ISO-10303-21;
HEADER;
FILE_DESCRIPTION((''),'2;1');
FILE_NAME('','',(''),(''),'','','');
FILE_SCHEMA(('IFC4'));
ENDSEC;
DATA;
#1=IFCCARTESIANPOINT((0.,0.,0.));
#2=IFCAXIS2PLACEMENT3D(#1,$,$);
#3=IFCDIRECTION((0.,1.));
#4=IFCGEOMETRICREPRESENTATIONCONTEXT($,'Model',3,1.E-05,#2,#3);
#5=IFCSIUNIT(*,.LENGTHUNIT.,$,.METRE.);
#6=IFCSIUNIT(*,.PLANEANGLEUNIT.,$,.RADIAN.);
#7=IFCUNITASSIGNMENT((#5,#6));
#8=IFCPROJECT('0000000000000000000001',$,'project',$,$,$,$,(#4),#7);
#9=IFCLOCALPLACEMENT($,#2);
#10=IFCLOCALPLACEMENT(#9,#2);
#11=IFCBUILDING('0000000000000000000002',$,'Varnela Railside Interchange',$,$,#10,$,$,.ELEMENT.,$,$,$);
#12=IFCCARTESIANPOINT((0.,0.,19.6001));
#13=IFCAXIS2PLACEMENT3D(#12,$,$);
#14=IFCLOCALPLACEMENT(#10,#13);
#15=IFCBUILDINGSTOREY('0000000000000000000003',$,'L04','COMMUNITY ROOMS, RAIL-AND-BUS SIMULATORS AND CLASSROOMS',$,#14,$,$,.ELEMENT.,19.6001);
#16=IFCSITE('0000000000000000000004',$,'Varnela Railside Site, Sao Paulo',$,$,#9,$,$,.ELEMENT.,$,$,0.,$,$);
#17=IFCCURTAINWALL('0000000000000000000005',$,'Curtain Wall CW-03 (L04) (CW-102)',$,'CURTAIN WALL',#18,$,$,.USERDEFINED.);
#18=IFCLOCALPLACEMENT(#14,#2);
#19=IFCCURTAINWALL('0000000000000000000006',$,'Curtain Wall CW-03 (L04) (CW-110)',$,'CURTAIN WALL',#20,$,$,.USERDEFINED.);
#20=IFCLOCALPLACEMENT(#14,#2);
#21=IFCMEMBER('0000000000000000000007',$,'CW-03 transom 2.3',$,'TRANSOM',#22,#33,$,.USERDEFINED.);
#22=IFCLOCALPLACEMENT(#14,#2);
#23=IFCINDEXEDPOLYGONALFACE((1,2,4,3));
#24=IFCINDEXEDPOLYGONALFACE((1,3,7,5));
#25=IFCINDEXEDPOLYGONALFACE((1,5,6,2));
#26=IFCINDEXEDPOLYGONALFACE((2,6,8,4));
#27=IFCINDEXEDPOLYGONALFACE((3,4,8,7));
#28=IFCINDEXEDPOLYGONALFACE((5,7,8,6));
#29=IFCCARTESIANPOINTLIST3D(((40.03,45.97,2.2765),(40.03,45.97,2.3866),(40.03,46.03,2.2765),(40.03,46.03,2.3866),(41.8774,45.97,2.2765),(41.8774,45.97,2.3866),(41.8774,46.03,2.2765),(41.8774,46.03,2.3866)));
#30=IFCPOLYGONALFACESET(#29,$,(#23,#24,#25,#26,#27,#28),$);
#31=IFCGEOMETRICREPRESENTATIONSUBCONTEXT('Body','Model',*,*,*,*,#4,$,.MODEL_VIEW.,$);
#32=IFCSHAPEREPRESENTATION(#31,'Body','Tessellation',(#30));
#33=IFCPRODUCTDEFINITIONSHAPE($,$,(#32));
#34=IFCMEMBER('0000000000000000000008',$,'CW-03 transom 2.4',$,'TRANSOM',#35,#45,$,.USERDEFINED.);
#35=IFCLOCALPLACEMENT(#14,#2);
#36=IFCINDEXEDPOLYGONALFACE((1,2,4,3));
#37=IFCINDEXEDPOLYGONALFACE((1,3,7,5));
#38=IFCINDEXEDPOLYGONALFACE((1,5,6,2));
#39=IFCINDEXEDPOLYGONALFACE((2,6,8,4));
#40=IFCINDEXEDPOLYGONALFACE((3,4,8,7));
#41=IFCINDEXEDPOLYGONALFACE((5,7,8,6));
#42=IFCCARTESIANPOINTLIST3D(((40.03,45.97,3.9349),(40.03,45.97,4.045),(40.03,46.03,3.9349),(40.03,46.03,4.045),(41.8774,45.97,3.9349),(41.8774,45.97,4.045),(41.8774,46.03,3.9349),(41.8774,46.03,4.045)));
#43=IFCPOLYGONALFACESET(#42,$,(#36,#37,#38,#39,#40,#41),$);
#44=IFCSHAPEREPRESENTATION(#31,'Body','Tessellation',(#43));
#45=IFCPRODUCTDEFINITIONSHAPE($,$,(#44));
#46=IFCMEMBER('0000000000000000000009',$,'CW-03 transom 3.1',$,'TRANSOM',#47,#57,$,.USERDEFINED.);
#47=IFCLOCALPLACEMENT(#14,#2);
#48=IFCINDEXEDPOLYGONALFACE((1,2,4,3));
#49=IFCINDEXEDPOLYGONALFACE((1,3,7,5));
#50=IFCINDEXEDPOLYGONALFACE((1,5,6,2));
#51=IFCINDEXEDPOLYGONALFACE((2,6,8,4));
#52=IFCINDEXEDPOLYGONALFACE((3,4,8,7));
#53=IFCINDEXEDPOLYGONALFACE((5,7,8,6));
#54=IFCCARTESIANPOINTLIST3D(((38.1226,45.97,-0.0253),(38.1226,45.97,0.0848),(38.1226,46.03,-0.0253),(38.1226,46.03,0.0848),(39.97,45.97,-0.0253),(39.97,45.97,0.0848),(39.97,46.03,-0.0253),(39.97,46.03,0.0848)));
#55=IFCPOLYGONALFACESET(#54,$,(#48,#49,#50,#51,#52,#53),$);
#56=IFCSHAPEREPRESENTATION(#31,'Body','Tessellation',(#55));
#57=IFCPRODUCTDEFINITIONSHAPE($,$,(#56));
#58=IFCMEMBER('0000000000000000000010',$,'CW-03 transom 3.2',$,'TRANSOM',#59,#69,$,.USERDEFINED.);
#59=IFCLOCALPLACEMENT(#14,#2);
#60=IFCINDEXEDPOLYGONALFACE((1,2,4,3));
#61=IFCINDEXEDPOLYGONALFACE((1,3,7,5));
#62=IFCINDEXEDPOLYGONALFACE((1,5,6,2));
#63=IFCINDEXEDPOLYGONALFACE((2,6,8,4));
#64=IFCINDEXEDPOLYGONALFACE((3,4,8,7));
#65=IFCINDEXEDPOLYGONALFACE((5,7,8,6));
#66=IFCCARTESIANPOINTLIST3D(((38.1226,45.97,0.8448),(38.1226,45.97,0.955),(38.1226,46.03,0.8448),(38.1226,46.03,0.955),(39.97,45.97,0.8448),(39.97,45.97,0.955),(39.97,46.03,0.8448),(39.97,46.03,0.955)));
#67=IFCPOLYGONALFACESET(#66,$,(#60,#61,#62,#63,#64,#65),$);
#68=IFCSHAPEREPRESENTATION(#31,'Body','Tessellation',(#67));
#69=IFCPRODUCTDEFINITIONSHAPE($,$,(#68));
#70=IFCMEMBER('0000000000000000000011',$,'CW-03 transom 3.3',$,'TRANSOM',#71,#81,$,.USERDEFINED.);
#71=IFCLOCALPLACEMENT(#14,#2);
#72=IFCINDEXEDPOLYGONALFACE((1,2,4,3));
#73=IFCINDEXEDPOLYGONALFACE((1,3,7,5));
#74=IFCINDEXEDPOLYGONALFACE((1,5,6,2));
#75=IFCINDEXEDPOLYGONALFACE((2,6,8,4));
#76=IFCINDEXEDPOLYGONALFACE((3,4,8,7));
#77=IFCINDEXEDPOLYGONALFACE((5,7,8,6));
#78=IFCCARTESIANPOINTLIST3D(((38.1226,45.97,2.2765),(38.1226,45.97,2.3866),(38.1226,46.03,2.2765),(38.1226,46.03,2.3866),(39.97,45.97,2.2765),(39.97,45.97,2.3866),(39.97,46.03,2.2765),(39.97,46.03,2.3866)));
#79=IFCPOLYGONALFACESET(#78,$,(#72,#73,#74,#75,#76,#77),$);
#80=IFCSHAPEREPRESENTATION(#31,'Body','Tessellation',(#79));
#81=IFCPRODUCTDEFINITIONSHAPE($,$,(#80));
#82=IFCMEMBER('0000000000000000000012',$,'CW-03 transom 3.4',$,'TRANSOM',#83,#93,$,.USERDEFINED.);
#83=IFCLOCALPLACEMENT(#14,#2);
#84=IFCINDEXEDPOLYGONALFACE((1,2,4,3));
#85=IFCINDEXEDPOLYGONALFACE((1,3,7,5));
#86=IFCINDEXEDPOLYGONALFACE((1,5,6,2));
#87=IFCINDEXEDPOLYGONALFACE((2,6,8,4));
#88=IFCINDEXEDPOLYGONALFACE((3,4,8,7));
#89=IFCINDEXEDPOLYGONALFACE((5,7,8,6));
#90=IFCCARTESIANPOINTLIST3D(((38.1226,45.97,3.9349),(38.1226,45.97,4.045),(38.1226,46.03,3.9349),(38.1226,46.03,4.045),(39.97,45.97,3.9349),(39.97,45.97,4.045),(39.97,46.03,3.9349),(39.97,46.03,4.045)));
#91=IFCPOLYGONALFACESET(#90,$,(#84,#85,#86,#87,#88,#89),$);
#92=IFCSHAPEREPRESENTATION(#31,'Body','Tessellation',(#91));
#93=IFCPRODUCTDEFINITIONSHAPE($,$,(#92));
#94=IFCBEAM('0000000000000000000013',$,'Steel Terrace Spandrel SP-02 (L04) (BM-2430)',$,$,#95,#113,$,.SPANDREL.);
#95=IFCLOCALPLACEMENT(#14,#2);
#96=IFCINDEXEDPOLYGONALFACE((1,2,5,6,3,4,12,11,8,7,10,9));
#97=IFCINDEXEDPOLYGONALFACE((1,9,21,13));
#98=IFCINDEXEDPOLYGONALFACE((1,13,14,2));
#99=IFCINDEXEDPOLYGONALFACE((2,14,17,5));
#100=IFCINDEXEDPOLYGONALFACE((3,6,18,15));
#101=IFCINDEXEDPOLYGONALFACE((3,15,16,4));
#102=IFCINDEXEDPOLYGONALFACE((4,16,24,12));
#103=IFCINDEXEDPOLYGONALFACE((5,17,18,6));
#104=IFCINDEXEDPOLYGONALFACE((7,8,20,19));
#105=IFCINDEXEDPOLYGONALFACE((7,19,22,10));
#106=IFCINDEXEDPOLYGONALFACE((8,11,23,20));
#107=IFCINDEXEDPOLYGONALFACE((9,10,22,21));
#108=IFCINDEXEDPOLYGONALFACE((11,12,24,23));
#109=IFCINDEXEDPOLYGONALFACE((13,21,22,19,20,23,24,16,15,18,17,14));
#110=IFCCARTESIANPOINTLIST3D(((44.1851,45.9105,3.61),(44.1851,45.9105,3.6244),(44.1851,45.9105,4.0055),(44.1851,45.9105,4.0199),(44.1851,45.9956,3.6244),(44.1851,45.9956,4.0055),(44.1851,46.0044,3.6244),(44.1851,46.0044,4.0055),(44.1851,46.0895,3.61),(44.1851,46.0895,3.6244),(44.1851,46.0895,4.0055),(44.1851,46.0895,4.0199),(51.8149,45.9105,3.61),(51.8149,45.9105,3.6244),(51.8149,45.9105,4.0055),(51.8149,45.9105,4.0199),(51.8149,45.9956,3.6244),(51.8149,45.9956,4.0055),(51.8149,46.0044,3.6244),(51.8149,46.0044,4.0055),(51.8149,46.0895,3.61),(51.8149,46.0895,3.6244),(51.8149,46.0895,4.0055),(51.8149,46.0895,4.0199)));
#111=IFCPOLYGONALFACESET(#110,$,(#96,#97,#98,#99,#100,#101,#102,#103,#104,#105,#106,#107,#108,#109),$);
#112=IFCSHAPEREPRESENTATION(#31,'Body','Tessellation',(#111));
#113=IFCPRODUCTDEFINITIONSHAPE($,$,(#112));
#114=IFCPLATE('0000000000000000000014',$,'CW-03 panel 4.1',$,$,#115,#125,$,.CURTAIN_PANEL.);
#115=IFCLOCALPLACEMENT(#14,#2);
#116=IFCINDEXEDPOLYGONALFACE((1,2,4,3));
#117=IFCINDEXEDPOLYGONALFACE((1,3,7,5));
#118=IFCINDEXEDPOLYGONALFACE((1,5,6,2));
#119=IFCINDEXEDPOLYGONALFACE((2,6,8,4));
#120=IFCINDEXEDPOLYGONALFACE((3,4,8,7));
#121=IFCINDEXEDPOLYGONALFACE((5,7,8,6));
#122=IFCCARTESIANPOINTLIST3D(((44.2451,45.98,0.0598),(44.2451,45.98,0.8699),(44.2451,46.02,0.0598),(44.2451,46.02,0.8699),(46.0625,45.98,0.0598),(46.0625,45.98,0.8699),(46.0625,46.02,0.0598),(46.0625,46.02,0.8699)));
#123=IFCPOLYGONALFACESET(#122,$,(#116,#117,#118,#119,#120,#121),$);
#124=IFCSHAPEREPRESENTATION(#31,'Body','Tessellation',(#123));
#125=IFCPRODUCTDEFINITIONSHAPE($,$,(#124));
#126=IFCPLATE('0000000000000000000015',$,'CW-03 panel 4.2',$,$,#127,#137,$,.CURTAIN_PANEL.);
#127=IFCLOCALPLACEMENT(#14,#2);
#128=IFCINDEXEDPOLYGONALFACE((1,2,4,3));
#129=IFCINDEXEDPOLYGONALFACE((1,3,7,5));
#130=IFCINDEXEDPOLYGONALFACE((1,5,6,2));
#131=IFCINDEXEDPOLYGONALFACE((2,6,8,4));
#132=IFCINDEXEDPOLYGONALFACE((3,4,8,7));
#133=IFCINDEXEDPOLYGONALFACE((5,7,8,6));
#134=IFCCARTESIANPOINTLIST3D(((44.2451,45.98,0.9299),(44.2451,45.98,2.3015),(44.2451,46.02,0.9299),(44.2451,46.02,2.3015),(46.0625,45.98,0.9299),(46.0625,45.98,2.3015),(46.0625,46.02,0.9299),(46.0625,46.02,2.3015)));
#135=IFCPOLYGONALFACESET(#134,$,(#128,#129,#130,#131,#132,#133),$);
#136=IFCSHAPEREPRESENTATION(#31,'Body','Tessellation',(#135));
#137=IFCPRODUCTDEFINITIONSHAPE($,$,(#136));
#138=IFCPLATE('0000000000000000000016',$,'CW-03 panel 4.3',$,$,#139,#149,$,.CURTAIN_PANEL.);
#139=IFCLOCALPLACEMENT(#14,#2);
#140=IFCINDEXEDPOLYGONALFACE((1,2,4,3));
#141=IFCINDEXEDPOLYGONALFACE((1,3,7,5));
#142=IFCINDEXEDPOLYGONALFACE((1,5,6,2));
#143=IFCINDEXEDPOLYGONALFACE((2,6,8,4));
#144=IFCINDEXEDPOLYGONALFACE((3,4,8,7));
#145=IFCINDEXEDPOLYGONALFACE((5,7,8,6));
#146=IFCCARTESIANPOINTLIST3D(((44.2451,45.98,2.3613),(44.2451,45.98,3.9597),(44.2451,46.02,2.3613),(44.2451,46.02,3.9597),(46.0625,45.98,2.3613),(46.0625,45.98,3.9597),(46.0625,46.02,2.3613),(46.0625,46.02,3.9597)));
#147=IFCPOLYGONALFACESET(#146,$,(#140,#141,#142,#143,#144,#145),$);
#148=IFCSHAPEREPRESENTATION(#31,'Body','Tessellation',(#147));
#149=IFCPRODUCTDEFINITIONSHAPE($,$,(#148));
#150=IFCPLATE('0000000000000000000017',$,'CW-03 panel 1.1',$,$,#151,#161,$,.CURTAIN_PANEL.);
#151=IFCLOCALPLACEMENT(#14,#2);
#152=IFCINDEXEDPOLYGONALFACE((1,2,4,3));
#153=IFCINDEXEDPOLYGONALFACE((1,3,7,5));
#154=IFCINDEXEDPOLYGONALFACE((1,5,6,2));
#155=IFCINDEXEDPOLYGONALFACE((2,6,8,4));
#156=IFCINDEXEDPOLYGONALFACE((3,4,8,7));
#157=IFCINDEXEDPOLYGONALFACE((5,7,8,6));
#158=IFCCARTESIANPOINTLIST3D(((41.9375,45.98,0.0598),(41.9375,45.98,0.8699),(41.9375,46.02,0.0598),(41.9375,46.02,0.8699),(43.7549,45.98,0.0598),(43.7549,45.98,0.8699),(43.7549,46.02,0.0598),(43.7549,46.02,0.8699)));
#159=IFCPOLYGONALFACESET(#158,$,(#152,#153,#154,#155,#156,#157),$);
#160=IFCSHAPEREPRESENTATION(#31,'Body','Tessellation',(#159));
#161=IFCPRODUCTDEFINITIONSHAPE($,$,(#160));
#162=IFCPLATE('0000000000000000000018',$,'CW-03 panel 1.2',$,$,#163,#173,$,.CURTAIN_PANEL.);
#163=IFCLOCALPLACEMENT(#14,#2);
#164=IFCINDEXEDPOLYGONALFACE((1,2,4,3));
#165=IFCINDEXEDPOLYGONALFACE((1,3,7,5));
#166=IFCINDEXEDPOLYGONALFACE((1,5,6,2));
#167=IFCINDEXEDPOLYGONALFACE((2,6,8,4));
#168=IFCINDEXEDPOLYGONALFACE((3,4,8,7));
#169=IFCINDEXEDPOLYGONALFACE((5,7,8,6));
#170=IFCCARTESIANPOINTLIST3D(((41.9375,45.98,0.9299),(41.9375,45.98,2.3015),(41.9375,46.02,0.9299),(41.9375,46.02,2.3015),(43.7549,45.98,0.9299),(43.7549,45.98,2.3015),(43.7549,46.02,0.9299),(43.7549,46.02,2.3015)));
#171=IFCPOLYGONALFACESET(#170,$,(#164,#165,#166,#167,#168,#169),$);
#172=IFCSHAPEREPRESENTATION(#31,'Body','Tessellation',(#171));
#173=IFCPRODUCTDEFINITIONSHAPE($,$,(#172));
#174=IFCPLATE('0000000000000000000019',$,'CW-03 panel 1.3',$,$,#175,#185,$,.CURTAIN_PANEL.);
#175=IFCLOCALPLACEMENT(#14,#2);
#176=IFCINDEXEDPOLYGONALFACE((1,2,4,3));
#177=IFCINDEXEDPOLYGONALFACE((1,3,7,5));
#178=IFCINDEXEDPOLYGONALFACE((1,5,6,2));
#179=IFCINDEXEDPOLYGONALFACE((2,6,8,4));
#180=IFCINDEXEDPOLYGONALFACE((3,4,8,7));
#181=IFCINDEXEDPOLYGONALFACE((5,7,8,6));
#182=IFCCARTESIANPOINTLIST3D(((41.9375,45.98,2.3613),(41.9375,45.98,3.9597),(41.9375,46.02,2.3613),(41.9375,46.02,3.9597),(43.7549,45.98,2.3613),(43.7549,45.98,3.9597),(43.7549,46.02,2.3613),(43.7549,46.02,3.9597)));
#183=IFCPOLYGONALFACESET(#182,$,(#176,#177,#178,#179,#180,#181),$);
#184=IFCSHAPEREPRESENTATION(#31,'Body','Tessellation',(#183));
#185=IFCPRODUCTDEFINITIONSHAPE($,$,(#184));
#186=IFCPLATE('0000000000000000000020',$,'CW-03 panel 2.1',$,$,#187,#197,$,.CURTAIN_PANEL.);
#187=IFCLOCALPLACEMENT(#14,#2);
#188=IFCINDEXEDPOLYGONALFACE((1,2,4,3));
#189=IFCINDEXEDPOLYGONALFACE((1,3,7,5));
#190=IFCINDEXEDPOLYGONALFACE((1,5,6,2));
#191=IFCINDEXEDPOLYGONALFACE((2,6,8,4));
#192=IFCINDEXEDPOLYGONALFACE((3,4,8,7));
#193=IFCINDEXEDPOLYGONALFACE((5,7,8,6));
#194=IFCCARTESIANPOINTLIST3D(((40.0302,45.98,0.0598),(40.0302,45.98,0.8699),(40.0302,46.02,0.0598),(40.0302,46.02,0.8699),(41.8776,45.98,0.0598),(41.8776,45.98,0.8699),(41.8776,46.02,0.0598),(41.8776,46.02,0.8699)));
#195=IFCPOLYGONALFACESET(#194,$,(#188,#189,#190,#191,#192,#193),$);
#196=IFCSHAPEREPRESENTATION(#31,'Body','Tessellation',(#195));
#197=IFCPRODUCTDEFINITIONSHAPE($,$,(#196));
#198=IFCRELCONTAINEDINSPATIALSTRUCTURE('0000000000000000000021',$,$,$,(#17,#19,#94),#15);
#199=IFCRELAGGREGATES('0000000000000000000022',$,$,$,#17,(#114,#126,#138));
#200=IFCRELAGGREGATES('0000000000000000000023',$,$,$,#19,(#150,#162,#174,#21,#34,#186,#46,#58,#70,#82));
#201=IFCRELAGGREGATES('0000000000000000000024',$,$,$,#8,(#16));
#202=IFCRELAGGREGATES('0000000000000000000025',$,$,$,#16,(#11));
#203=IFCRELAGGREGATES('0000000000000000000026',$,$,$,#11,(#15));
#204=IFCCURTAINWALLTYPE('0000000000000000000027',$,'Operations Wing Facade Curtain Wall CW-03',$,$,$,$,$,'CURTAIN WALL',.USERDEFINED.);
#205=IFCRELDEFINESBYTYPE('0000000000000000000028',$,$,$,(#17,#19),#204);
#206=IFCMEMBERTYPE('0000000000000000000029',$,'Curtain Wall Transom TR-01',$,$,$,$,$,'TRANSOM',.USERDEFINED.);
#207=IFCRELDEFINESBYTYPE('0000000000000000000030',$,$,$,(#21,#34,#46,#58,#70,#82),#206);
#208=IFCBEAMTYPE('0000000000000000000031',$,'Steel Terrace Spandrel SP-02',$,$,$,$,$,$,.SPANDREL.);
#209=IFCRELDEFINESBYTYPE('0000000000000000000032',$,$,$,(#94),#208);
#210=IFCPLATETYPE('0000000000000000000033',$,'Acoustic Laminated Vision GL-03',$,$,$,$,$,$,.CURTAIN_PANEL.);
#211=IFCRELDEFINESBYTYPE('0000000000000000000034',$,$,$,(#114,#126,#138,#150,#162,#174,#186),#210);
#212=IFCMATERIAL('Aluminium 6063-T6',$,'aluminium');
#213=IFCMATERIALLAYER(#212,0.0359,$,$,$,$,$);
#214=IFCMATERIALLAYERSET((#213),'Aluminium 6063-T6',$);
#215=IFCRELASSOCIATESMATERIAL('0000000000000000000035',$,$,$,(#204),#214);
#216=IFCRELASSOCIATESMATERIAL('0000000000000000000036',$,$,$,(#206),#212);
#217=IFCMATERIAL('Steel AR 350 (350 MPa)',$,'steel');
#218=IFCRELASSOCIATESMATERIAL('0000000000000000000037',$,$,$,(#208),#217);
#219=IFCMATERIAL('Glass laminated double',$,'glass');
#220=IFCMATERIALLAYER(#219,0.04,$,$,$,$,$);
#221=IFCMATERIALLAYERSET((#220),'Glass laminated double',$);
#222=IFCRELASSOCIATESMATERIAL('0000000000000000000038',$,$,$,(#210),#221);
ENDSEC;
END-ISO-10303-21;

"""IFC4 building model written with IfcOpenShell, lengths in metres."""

from ifc_helpers import new_model, si_unit, direction, frame, origin, origin_2d, place, context, subcontext, project, spatial, rectangle, i_section, extrude, material, layer, layer_set, material_profile, profile_set, type_object, element, aggregate, save


model = new_model("IFC4")

# Units and contexts
model_context = context("Model", 3, precision=1e-05, world=origin(), true_north=direction((0.0, 1.0)))
body_context = subcontext(model_context, "Body", "Model", "MODEL_VIEW")
ifc_project = project(units=[si_unit("LENGTHUNIT", "METRE"), si_unit("PLANEANGLEUNIT", "RADIAN")], contexts=[model_context])

# Site, building, storey
site_placement = place(None, origin())
site = spatial("IfcSite", under=ifc_project, at=site_placement, Name="Varnela Railside Site, Sao Paulo", CompositionType="ELEMENT", RefElevation=0.0)
building_placement = place(site_placement, origin())
building = spatial("IfcBuilding", under=site, at=building_placement, Name="Varnela Railside Interchange", CompositionType="ELEMENT")
storey_placement = place(building_placement, frame((0.0, 0.0, 19.6001)))
storey = spatial("IfcBuildingStorey", under=building, at=storey_placement, Name="L04", Description="COMMUNITY ROOMS, RAIL-AND-BUS SIMULATORS AND CLASSROOMS", CompositionType="ELEMENT", Elevation=19.6001)

# Shared definitions
ifc_material_1 = material(Name="Steel AR 350 (350 MPa)", Category="steel")

# Curtain wall
ifc_material_2 = material(Name="Aluminium 6063-T6", Category="aluminium")
ifc_layer_1 = layer(ifc_material_2, 0.0359)
ifc_layer_set_1 = layer_set([ifc_layer_1], Name="Aluminium 6063-T6")
curtain_wall_type = type_object("IfcCurtainWallType", Name="Operations Wing Facade Curtain Wall CW-03", ElementType="CURTAIN WALL", PredefinedType="USERDEFINED", material=ifc_layer_set_1)
curtain_wall_1_placement = place(storey_placement, origin())
curtain_wall_1 = element("IfcCurtainWall", 1, at=curtain_wall_1_placement, inside=storey, type_object=curtain_wall_type, Name="Curtain Wall CW-03 (L04) (CW-102)", ObjectType="CURTAIN WALL", PredefinedType="USERDEFINED")

# Curtain wall
curtain_wall_2_placement = place(storey_placement, origin())
curtain_wall_2 = element("IfcCurtainWall", 2, at=curtain_wall_2_placement, inside=storey, type_object=curtain_wall_type, Name="Curtain Wall CW-03 (L04) (CW-110)", ObjectType="CURTAIN WALL", PredefinedType="USERDEFINED")

# Members
ifc_material_profile_1 = material_profile(ifc_material_2, rectangle(XDim=0.0601, YDim=0.1101, at=origin_2d()), Name="ALU 60x110")
ifc_profile_set_1 = profile_set([ifc_material_profile_1], Name="Aluminium 6063-T6")
member_type_1 = type_object("IfcMemberType", Name="Curtain Wall Transom TR-01", ElementType="TRANSOM", PredefinedType="USERDEFINED", material=ifc_profile_set_1)
member_1_placement = place(storey_placement, frame((41.8774, 46.0, 2.3315), z_axis=(-1.0, 0.0, 0.0), x_axis=(0.0, -1.0, 0.0)))
member_1 = element("IfcMember", 3, at=member_1_placement, type_object=member_type_1, Name="CW-03 transom 2.3", ObjectType="TRANSOM", PredefinedType="USERDEFINED", context=body_context, shape_type="SweptSolid", body=[
    extrude(rectangle(XDim=0.0601, YDim=0.1101, at=origin_2d()), origin(), (0.0, 0.0, 1.0), 1.8474),
])
member_2_placement = place(storey_placement, frame((41.8774, 46.0, 3.99), z_axis=(-1.0, 0.0, 0.0), x_axis=(0.0, -1.0, 0.0)))
member_2 = element("IfcMember", 4, at=member_2_placement, type_object=member_type_1, Name="CW-03 transom 2.4", ObjectType="TRANSOM", PredefinedType="USERDEFINED", context=body_context, shape_type="SweptSolid", body=[
    extrude(rectangle(XDim=0.0601, YDim=0.1101, at=origin_2d()), origin(), (0.0, 0.0, 1.0), 1.8474),
])
member_3_placement = place(storey_placement, frame((39.97, 46.0, 0.0298), z_axis=(-1.0, 0.0, 0.0), x_axis=(0.0, -1.0, 0.0)))
member_3 = element("IfcMember", 5, at=member_3_placement, type_object=member_type_1, Name="CW-03 transom 3.1", ObjectType="TRANSOM", PredefinedType="USERDEFINED", context=body_context, shape_type="SweptSolid", body=[
    extrude(rectangle(XDim=0.0601, YDim=0.1101, at=origin_2d()), origin(), (0.0, 0.0, 1.0), 1.8474),
])
member_4_placement = place(storey_placement, frame((39.97, 46.0, 0.8999), z_axis=(-1.0, 0.0, 0.0), x_axis=(0.0, -1.0, 0.0)))
member_4 = element("IfcMember", 6, at=member_4_placement, type_object=member_type_1, Name="CW-03 transom 3.2", ObjectType="TRANSOM", PredefinedType="USERDEFINED", context=body_context, shape_type="SweptSolid", body=[
    extrude(rectangle(XDim=0.0601, YDim=0.1101, at=origin_2d()), origin(), (0.0, 0.0, 1.0), 1.8474),
])
member_5_placement = place(storey_placement, frame((39.97, 46.0, 2.3315), z_axis=(-1.0, 0.0, 0.0), x_axis=(0.0, -1.0, 0.0)))
member_5 = element("IfcMember", 7, at=member_5_placement, type_object=member_type_1, Name="CW-03 transom 3.3", ObjectType="TRANSOM", PredefinedType="USERDEFINED", context=body_context, shape_type="SweptSolid", body=[
    extrude(rectangle(XDim=0.0601, YDim=0.1101, at=origin_2d()), origin(), (0.0, 0.0, 1.0), 1.8474),
])
member_6_placement = place(storey_placement, frame((39.97, 46.0, 3.99), z_axis=(-1.0, 0.0, 0.0), x_axis=(0.0, -1.0, 0.0)))
member_6 = element("IfcMember", 8, at=member_6_placement, type_object=member_type_1, Name="CW-03 transom 3.4", ObjectType="TRANSOM", PredefinedType="USERDEFINED", context=body_context, shape_type="SweptSolid", body=[
    extrude(rectangle(XDim=0.0601, YDim=0.1101, at=origin_2d()), origin(), (0.0, 0.0, 1.0), 1.8474),
])

# Beam
ifc_material_profile_2 = material_profile(ifc_material_1, i_section(OverallWidth=0.179, OverallDepth=0.4099, WebThickness=0.0088, FlangeThickness=0.0144, at=origin_2d()), Name="W410x67")
ifc_profile_set_2 = profile_set([ifc_material_profile_2], Name="Steel AR 350 (350 MPa)")
beam_type = type_object("IfcBeamType", Name="Steel Terrace Spandrel SP-02", PredefinedType="SPANDREL", material=ifc_profile_set_2)
beam_placement = place(storey_placement, frame((44.1851, 46.0, 3.8149), z_axis=(1.0, 0.0, 0.0), x_axis=(0.0, 1.0, 0.0)))
element("IfcBeam", 9, at=beam_placement, inside=storey, type_object=beam_type, Name="Steel Terrace Spandrel SP-02 (L04) (BM-2430)", PredefinedType="SPANDREL", context=body_context, shape_type="SweptSolid", body=[
    extrude(i_section(OverallWidth=0.179, OverallDepth=0.4099, WebThickness=0.0088, FlangeThickness=0.0144, at=origin_2d()), origin(), (0.0, 0.0, 1.0), 7.6299),
])

# Plates
ifc_material_3 = material(Name="Glass laminated double", Category="glass")
ifc_layer_2 = layer(ifc_material_3, 0.04)
ifc_layer_set_2 = layer_set([ifc_layer_2], Name="Glass laminated double")
plate_type = type_object("IfcPlateType", Name="Acoustic Laminated Vision GL-03", PredefinedType="CURTAIN_PANEL", material=ifc_layer_set_2)
plate_1_placement = place(storey_placement, frame((45.1538, 46.0, 0.0598), z_axis=(0.0, 0.0, 1.0), x_axis=(-1.0, 0.0, 0.0)))
plate_1 = element("IfcPlate", 10, at=plate_1_placement, type_object=plate_type, Name="CW-03 panel 4.1", PredefinedType="CURTAIN_PANEL", context=body_context, shape_type="SweptSolid", body=[
    extrude(rectangle(XDim=1.8174, YDim=0.04, at=origin_2d()), origin(), (0.0, 0.0, 1.0), 0.8101),
])
plate_2_placement = place(storey_placement, frame((45.1538, 46.0, 0.9299), z_axis=(0.0, 0.0, 1.0), x_axis=(-1.0, 0.0, 0.0)))
plate_2 = element("IfcPlate", 11, at=plate_2_placement, type_object=plate_type, Name="CW-03 panel 4.2", PredefinedType="CURTAIN_PANEL", context=body_context, shape_type="SweptSolid", body=[
    extrude(rectangle(XDim=1.8174, YDim=0.04, at=origin_2d()), origin(), (0.0, 0.0, 1.0), 1.3716),
])
plate_3_placement = place(storey_placement, frame((45.1538, 46.0, 2.3613), z_axis=(0.0, 0.0, 1.0), x_axis=(-1.0, 0.0, 0.0)))
plate_3 = element("IfcPlate", 12, at=plate_3_placement, type_object=plate_type, Name="CW-03 panel 4.3", PredefinedType="CURTAIN_PANEL", context=body_context, shape_type="SweptSolid", body=[
    extrude(rectangle(XDim=1.8174, YDim=0.04, at=origin_2d()), origin(), (0.0, 0.0, 1.0), 1.5984),
])
aggregate(curtain_wall_1, [plate_1, plate_2, plate_3])
plate_4_placement = place(storey_placement, frame((42.8462, 46.0, 0.0598), z_axis=(0.0, 0.0, 1.0), x_axis=(-1.0, 0.0, 0.0)))
plate_4 = element("IfcPlate", 13, at=plate_4_placement, type_object=plate_type, Name="CW-03 panel 1.1", PredefinedType="CURTAIN_PANEL", context=body_context, shape_type="SweptSolid", body=[
    extrude(rectangle(XDim=1.8174, YDim=0.04, at=origin_2d()), origin(), (0.0, 0.0, 1.0), 0.8101),
])
plate_5_placement = place(storey_placement, frame((42.8462, 46.0, 0.9299), z_axis=(0.0, 0.0, 1.0), x_axis=(-1.0, 0.0, 0.0)))
plate_5 = element("IfcPlate", 14, at=plate_5_placement, type_object=plate_type, Name="CW-03 panel 1.2", PredefinedType="CURTAIN_PANEL", context=body_context, shape_type="SweptSolid", body=[
    extrude(rectangle(XDim=1.8174, YDim=0.04, at=origin_2d()), origin(), (0.0, 0.0, 1.0), 1.3716),
])
plate_6_placement = place(storey_placement, frame((42.8462, 46.0, 2.3613), z_axis=(0.0, 0.0, 1.0), x_axis=(-1.0, 0.0, 0.0)))
plate_6 = element("IfcPlate", 15, at=plate_6_placement, type_object=plate_type, Name="CW-03 panel 1.3", PredefinedType="CURTAIN_PANEL", context=body_context, shape_type="SweptSolid", body=[
    extrude(rectangle(XDim=1.8174, YDim=0.04, at=origin_2d()), origin(), (0.0, 0.0, 1.0), 1.5984),
])
plate_7_placement = place(storey_placement, frame((40.9539, 46.0, 0.0598), z_axis=(0.0, 0.0, 1.0), x_axis=(-1.0, 0.0, 0.0)))
plate_7 = element("IfcPlate", 16, at=plate_7_placement, type_object=plate_type, Name="CW-03 panel 2.1", PredefinedType="CURTAIN_PANEL", context=body_context, shape_type="SweptSolid", body=[
    extrude(rectangle(XDim=1.8474, YDim=0.04, at=origin_2d()), origin(), (0.0, 0.0, 1.0), 0.8101),
])
aggregate(curtain_wall_2, [plate_4, plate_5, plate_6, member_1, member_2, plate_7, member_3, member_4, member_5, member_6])

save(model, "model.ifc")
